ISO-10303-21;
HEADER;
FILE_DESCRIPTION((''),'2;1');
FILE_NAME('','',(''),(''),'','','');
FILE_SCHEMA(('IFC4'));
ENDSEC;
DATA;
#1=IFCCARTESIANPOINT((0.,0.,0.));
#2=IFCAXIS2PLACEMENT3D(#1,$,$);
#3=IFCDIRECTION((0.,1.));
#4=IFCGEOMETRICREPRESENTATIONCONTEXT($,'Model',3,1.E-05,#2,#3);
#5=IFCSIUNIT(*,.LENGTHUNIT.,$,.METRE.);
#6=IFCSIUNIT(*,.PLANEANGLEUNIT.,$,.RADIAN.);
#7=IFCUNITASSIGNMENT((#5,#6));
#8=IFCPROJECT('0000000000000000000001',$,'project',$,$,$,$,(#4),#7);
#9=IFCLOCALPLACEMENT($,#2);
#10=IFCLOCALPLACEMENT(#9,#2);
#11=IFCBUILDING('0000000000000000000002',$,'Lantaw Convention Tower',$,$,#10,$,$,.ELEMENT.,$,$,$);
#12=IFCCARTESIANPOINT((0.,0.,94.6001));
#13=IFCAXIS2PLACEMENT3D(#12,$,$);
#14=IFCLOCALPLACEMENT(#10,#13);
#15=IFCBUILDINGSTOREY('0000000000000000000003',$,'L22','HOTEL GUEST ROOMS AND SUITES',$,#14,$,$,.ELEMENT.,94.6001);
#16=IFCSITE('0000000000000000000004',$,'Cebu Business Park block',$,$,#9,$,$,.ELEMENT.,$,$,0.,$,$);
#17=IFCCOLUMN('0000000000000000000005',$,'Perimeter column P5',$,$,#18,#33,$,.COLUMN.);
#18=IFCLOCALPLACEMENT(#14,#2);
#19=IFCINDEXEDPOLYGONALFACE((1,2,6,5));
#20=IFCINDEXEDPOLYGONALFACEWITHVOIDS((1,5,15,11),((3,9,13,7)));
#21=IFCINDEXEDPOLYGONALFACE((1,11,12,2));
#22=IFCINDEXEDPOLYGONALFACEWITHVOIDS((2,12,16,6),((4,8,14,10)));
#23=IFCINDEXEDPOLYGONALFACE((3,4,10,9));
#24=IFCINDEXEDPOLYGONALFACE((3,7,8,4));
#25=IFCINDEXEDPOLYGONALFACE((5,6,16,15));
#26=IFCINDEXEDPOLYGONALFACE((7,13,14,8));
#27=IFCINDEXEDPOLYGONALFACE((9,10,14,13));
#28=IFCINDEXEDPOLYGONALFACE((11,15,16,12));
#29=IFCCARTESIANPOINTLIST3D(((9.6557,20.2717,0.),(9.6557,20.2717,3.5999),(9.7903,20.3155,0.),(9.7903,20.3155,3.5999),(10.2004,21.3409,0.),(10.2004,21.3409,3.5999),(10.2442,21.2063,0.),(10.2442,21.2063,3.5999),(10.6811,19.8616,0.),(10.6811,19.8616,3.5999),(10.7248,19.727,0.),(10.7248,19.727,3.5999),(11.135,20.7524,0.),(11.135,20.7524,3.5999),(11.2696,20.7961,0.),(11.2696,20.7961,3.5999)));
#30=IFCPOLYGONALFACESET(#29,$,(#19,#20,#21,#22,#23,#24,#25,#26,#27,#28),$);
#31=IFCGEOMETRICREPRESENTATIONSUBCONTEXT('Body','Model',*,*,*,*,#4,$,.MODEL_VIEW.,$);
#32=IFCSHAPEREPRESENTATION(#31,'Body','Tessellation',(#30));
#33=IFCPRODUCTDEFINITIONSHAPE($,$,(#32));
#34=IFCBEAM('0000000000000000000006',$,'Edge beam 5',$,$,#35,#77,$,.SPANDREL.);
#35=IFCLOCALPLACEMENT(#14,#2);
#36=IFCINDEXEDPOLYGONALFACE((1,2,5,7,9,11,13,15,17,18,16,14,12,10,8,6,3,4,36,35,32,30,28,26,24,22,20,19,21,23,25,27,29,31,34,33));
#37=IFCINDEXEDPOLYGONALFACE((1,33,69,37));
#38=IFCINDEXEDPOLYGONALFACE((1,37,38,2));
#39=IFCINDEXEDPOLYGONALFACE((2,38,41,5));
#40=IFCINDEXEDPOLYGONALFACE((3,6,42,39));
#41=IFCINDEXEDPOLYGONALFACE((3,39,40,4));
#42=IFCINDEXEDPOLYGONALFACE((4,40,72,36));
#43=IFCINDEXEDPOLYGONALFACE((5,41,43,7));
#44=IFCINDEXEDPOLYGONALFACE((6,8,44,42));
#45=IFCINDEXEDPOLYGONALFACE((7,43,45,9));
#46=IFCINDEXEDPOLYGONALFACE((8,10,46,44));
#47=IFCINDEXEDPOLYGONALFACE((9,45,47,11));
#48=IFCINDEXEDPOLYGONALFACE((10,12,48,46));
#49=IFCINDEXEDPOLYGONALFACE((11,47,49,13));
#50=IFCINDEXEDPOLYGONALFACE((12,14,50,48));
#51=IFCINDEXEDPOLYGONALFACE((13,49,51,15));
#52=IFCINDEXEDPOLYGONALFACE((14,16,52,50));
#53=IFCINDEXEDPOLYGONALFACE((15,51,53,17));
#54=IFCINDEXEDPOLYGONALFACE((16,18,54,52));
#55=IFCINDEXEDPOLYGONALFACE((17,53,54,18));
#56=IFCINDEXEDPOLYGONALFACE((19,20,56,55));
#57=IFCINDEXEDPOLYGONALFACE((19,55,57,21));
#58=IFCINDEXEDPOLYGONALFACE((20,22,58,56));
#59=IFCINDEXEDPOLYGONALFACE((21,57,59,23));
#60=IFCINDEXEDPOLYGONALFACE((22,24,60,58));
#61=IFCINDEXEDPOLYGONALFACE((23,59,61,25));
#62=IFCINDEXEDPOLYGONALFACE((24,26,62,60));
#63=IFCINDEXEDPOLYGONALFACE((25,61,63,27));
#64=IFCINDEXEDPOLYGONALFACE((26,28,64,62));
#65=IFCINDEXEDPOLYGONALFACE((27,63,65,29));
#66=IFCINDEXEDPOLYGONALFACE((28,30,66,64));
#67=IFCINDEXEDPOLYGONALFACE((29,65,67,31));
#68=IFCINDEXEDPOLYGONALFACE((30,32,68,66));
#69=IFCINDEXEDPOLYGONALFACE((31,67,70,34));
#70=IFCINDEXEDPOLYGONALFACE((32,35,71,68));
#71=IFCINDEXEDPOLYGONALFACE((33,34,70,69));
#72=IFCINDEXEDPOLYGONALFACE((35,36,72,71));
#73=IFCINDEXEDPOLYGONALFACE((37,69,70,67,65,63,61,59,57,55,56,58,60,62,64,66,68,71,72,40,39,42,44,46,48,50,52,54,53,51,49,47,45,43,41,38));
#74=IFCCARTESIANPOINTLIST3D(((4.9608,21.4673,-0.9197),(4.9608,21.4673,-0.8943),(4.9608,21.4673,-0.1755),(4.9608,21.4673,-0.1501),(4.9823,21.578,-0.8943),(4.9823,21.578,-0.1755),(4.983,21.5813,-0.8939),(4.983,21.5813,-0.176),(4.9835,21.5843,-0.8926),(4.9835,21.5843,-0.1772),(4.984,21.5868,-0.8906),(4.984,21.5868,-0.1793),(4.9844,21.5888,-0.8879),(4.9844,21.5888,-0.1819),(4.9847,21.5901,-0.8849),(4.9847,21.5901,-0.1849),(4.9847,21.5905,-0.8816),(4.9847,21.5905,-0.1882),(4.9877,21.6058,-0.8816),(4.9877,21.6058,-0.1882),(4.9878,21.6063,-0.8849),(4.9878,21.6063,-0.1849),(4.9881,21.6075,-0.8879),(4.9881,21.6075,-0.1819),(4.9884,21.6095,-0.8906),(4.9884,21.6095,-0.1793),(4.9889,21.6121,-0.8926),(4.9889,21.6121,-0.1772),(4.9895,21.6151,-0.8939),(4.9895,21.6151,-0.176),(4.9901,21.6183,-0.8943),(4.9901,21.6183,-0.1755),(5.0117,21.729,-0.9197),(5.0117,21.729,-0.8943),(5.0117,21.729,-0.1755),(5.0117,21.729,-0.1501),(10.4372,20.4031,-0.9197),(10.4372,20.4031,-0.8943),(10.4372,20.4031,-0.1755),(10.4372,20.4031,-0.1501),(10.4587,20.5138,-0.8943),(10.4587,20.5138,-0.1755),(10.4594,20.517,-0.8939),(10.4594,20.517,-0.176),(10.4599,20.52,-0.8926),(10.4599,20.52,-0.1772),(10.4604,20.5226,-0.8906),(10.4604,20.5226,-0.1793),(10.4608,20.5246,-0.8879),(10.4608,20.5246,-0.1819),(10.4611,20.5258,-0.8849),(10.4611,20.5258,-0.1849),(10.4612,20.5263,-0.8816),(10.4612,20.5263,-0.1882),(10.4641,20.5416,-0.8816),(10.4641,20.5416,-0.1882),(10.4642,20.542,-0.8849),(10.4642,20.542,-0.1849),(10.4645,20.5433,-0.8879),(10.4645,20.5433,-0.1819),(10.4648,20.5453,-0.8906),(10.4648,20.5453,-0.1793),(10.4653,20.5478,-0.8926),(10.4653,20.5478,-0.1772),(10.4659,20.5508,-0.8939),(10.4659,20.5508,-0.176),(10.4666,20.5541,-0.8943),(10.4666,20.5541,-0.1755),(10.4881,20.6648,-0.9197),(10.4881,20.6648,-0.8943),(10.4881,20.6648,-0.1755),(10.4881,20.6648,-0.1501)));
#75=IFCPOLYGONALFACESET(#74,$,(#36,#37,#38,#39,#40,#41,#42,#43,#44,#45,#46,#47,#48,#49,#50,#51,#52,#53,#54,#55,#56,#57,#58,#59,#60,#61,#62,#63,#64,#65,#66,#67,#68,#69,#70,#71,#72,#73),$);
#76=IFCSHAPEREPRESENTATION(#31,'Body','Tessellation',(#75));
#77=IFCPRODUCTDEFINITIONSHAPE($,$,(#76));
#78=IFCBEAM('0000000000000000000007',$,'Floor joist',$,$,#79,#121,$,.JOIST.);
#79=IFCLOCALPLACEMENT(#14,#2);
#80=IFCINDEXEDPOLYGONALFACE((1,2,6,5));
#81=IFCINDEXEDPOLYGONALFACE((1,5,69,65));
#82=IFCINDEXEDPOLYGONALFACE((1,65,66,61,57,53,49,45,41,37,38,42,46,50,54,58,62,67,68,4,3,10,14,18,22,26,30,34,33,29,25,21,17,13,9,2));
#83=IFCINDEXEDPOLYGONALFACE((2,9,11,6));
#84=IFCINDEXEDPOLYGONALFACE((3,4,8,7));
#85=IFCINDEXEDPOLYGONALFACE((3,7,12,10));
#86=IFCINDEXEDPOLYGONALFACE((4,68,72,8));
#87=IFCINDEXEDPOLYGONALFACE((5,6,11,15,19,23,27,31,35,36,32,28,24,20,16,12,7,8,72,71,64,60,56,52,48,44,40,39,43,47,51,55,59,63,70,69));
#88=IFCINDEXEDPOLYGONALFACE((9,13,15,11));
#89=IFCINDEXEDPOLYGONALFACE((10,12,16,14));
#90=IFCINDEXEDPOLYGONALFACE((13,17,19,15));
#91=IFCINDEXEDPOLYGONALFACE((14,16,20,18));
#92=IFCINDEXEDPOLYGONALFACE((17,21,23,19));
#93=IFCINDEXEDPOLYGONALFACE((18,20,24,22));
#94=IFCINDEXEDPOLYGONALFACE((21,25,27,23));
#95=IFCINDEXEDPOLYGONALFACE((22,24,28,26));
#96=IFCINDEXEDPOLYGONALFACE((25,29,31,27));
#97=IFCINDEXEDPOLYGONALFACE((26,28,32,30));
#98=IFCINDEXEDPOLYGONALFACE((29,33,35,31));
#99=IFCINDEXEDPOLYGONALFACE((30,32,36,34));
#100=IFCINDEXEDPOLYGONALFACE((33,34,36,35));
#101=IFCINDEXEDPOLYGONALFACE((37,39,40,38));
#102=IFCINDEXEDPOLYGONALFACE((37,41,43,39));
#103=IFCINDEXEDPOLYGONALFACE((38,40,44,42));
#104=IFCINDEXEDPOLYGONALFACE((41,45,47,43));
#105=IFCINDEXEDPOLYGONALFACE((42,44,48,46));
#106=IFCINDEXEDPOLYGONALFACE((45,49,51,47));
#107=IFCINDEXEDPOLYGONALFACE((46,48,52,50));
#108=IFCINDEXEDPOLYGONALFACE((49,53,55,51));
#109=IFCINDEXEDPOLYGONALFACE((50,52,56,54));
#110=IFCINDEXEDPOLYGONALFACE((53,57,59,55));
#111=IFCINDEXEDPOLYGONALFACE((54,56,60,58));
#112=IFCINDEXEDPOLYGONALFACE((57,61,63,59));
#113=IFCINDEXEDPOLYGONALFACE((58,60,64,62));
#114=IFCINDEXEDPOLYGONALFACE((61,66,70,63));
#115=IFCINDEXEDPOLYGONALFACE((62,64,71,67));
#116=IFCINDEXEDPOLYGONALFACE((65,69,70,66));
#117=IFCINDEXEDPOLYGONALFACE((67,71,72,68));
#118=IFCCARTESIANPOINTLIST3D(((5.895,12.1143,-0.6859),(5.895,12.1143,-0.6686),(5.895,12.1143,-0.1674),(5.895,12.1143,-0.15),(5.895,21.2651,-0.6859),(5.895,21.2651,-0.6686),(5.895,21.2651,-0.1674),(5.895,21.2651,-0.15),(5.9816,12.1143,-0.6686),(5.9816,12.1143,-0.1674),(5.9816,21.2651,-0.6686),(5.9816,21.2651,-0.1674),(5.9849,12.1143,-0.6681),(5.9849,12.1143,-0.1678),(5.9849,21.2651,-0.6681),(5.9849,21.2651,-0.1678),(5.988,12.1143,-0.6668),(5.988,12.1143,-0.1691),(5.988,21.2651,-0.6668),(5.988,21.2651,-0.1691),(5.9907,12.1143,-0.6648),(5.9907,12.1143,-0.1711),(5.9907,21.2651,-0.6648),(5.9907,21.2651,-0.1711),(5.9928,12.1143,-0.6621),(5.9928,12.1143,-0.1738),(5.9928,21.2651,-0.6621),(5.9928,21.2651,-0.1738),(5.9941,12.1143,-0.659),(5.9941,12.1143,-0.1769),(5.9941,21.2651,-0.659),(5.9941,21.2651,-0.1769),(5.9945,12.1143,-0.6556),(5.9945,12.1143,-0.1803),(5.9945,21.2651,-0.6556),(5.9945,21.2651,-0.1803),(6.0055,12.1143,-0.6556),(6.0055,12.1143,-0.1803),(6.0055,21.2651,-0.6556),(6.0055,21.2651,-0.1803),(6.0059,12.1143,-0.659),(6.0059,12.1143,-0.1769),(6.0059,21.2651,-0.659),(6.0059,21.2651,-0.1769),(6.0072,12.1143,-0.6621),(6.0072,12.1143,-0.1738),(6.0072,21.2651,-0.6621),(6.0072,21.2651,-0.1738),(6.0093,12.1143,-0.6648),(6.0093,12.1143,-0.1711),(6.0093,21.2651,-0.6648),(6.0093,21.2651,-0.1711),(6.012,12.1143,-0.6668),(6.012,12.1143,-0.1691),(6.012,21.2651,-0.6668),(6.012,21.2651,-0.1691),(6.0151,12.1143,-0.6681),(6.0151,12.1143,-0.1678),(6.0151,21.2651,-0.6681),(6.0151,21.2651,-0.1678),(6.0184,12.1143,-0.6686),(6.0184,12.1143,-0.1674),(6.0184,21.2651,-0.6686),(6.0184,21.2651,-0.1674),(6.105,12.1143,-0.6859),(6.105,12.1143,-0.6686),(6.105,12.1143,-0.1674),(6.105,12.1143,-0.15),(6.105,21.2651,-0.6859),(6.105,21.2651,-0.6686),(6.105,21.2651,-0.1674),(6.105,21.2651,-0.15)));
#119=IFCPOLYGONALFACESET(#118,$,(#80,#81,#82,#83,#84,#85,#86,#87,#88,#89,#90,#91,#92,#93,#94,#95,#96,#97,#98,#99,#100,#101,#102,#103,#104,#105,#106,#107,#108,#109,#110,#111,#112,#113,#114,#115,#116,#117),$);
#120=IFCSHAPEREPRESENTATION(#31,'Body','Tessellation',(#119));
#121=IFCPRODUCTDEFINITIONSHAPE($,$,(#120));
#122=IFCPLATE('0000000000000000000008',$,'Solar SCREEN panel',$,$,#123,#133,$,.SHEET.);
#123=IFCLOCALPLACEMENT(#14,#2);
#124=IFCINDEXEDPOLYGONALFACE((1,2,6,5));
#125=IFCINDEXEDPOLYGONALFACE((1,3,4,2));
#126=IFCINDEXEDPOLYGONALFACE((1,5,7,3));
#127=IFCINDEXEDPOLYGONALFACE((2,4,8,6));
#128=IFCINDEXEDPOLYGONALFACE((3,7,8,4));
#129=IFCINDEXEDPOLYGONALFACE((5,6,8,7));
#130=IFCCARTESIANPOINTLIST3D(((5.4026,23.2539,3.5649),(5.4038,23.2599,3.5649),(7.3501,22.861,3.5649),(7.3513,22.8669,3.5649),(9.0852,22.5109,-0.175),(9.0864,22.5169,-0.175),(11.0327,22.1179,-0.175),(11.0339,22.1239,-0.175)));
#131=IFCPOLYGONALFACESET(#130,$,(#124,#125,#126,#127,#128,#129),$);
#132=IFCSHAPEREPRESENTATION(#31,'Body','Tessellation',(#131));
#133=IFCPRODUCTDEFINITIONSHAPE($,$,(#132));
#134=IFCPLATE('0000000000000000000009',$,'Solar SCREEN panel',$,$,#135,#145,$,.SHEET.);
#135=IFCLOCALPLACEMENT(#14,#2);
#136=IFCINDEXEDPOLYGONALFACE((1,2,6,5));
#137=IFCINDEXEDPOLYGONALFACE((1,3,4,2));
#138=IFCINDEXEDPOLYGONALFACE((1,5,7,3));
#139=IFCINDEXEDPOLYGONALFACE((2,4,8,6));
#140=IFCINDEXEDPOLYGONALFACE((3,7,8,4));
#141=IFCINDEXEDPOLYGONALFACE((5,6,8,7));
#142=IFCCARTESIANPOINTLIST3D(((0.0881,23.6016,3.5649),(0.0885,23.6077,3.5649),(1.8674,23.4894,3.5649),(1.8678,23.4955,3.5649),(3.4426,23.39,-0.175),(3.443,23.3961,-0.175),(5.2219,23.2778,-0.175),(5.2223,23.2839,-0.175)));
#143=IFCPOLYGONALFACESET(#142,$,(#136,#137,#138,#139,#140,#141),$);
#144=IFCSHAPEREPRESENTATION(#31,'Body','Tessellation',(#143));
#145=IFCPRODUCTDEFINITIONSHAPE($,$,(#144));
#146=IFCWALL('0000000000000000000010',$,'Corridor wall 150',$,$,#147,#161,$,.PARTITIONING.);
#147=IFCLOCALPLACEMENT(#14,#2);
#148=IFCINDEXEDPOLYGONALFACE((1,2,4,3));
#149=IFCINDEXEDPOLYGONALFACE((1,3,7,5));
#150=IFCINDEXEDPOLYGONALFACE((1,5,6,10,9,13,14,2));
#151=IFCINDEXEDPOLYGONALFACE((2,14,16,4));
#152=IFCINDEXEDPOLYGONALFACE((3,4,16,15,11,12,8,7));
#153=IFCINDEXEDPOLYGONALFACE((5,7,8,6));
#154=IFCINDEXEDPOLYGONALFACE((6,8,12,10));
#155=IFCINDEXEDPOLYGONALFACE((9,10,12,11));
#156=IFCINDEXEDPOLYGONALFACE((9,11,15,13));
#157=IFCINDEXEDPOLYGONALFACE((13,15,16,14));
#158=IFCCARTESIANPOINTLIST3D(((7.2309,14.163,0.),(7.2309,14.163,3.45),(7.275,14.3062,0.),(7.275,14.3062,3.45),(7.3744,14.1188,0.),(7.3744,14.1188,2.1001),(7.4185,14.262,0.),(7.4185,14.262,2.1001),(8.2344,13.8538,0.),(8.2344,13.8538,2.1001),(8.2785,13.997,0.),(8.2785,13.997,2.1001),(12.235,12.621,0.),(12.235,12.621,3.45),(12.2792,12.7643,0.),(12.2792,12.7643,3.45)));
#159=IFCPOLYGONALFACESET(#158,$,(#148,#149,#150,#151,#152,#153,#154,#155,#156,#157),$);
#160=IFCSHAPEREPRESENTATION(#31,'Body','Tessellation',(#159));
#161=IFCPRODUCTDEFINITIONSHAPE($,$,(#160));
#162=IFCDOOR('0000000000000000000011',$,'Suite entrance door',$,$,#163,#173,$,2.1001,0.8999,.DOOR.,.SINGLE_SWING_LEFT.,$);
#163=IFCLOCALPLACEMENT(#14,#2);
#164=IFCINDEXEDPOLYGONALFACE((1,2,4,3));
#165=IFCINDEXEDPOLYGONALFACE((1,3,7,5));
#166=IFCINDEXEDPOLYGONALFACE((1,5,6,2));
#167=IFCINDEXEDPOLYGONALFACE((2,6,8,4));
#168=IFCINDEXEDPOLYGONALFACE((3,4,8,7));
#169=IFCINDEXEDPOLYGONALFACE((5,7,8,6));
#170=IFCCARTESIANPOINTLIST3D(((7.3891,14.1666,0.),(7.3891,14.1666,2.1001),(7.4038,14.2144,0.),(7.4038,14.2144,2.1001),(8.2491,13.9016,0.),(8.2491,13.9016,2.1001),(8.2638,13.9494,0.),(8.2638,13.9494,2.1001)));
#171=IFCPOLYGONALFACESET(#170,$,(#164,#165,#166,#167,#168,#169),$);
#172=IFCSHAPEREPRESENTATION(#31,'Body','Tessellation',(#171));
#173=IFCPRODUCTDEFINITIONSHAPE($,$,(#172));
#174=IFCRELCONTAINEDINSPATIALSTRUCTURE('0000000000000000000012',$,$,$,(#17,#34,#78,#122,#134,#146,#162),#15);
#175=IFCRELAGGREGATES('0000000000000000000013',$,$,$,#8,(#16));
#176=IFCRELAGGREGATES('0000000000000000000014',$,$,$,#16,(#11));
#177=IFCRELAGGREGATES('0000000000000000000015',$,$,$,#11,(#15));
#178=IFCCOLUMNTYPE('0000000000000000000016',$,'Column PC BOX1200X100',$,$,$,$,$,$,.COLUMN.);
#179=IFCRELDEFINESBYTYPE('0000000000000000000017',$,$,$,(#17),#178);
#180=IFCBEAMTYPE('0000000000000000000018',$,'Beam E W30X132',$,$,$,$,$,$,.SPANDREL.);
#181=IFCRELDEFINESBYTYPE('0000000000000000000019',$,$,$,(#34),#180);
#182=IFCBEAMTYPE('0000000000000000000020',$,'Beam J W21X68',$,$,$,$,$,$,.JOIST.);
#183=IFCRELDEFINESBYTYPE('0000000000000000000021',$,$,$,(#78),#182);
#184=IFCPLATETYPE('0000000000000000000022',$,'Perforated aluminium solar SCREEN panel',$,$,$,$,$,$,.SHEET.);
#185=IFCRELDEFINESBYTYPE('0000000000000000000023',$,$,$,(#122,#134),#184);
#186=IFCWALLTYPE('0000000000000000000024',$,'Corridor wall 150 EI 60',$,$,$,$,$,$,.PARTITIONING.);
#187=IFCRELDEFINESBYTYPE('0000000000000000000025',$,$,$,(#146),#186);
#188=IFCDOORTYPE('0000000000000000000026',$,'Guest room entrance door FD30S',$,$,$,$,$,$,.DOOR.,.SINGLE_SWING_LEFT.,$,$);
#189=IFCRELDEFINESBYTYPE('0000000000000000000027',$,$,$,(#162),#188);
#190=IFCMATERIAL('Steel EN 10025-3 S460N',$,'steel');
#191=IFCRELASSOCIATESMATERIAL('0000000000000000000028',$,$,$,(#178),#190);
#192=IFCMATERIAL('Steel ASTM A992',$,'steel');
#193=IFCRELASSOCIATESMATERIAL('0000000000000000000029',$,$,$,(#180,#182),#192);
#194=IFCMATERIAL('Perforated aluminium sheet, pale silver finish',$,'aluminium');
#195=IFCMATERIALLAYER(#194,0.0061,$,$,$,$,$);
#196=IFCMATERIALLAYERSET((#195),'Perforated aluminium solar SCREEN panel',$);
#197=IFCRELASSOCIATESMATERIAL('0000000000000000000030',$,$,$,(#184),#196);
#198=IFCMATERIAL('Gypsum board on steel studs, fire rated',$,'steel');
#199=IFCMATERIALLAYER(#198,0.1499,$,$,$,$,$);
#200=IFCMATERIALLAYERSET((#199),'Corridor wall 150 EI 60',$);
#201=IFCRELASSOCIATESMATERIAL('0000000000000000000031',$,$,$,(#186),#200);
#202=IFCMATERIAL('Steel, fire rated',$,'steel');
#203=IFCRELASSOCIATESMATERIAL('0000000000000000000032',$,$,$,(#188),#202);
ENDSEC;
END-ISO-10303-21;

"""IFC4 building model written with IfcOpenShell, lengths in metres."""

from ifc_helpers import new_model, si_unit, direction, frame, frame_2d, origin, origin_2d, place, context, subcontext, project, spatial, polyline, rectangle, hollow_rectangle, i_section, outline, extrude, material, layer, layer_set, material_profile, profile_set, type_object, element, fill, save


model = new_model("IFC4")

# Units and contexts
model_context = context("Model", 3, precision=1e-05, world=origin(), true_north=direction((0.0, 1.0)))
body_context = subcontext(model_context, "Body", "Model", "MODEL_VIEW")
ifc_project = project(units=[si_unit("LENGTHUNIT", "METRE"), si_unit("PLANEANGLEUNIT", "RADIAN")], contexts=[model_context])

# Site, building, storey
site_placement = place(None, origin())
site = spatial("IfcSite", under=ifc_project, at=site_placement, Name="Cebu Business Park block", CompositionType="ELEMENT", RefElevation=0.0)
building_placement = place(site_placement, origin())
building = spatial("IfcBuilding", under=site, at=building_placement, Name="Lantaw Convention Tower", CompositionType="ELEMENT")
storey_placement = place(building_placement, frame((0.0, 0.0, 94.6001)))
storey = spatial("IfcBuildingStorey", under=building, at=storey_placement, Name="L22", Description="HOTEL GUEST ROOMS AND SUITES", CompositionType="ELEMENT", Elevation=94.6001)

# Column
ifc_material_1 = material(Name="Steel EN 10025-3 S460N", Category="steel")
ifc_material_profile_1 = material_profile(ifc_material_1, hollow_rectangle(XDim=1.2, YDim=1.2, WallThickness=0.1001, at=origin_2d()), Name="BOX1200X100")
ifc_material_2 = material(Name="Concrete C60/75", Category="concrete")
ifc_material_profile_2 = material_profile(ifc_material_2, rectangle(XDim=1.0, YDim=1.0, at=origin_2d()), Name="Concrete fill of BOX1200X100")
ifc_profile_set_1 = profile_set([ifc_material_profile_1, ifc_material_profile_2], Name="Steel EN 10025-3 S460N")
column_type = type_object("IfcColumnType", Name="Column PC BOX1200X100", PredefinedType="COLUMN", material=ifc_profile_set_1)
column_placement = place(storey_placement, frame((10.4626, 20.5339, 0.0), z_axis=(0.0, 0.0, 1.0), x_axis=(0.45399, 0.891007, 0.0)))
element("IfcColumn", 1, at=column_placement, inside=storey, type_object=column_type, Name="Perimeter column P5", PredefinedType="COLUMN", context=body_context, shape_type="SweptSolid", body=[
    extrude(hollow_rectangle(XDim=1.2, YDim=1.2, WallThickness=0.1001, at=origin_2d()), origin(), (0.0, 0.0, 1.0), 3.5999),
])

# Beams
ifc_material_3 = material(Name="Steel ASTM A992", Category="steel")
ifc_material_profile_3 = material_profile(ifc_material_3, i_section(OverallWidth=0.2666, OverallDepth=0.7695, WebThickness=0.0156, FlangeThickness=0.0254, FilletRadius=0.0127, at=origin_2d()), Name="W30X132")
ifc_profile_set_2 = profile_set([ifc_material_profile_3], Name="Steel ASTM A992")
beam_type_1 = type_object("IfcBeamType", Name="Beam E W30X132", PredefinedType="SPANDREL", material=ifc_profile_set_2)
beam_1_placement = place(storey_placement, frame((10.4626, 20.5339, -0.5349), z_axis=(-0.981637, 0.190761, 0.0), x_axis=(-0.190761, -0.981637, 0.0)))
element("IfcBeam", 2, at=beam_1_placement, inside=storey, type_object=beam_type_1, Name="Edge beam 5", PredefinedType="SPANDREL", context=body_context, shape_type="SweptSolid", body=[
    extrude(i_section(OverallWidth=0.2666, OverallDepth=0.7695, WebThickness=0.0156, FlangeThickness=0.0254, FilletRadius=0.0127, at=origin_2d()), origin(), (0.0, 0.0, 1.0), 5.5789),
])
ifc_material_profile_4 = material_profile(ifc_material_3, i_section(OverallWidth=0.21, OverallDepth=0.5359, WebThickness=0.011, FlangeThickness=0.0173, FilletRadius=0.0129, at=origin_2d()), Name="W21X68")
ifc_profile_set_3 = profile_set([ifc_material_profile_4], Name="Steel ASTM A992")
beam_type_2 = type_object("IfcBeamType", Name="Beam J W21X68", PredefinedType="JOIST", material=ifc_profile_set_3)
beam_2_placement = place(storey_placement, frame((6.0, 12.1143, -0.418), z_axis=(0.0, 1.0, 0.0), x_axis=(-1.0, 0.0, 0.0)))
element("IfcBeam", 3, at=beam_2_placement, inside=storey, type_object=beam_type_2, Name="Floor joist", PredefinedType="JOIST", context=body_context, shape_type="SweptSolid", body=[
    extrude(i_section(OverallWidth=0.21, OverallDepth=0.5359, WebThickness=0.011, FlangeThickness=0.0173, FilletRadius=0.0129, at=origin_2d()), origin(), (0.0, 0.0, 1.0), 9.1509),
])

# Plates
ifc_material_4 = material(Name="Perforated aluminium sheet, pale silver finish", Category="aluminium")
ifc_layer_1 = layer(ifc_material_4, 0.0061)
ifc_layer_set_1 = layer_set([ifc_layer_1], Name="Perforated aluminium solar SCREEN panel")
plate_type = type_object("IfcPlateType", Name="Perforated aluminium solar SCREEN panel", PredefinedType="SHEET", material=ifc_layer_set_1)
plate_1_placement = place(storey_placement, frame((11.0327, 22.1179, -0.175), z_axis=(-0.197782, -0.980246, 0.000002), x_axis=(-0.980246, 0.197782, 0.0)))
element("IfcPlate", 4, at=plate_1_placement, inside=storey, type_object=plate_type, Name="Solar SCREEN panel", PredefinedType="SHEET", context=body_context, shape_type="SweptSolid", body=[
    extrude(outline(polyline([(0.0, 0.0), (1.9868, 0.0), (5.7436, -3.74), (3.7569, -3.74), (0.0, 0.0)])), origin(), (0.0, 0.0, -1.0), 0.0061),
])
plate_2_placement = place(storey_placement, frame((5.2219, 23.2778, -0.175), z_axis=(-0.062924, -0.998018, 0.000014), x_axis=(-0.998018, 0.062924, 0.0)))
element("IfcPlate", 5, at=plate_2_placement, inside=storey, type_object=plate_type, Name="Solar SCREEN panel", PredefinedType="SHEET", context=body_context, shape_type="SweptSolid", body=[
    extrude(outline(polyline([(0.0, 0.0), (1.7828, 0.0), (5.144, -3.74), (3.3612, -3.74), (0.0, 0.0)])), origin(), (0.0, 0.0, -1.0), 0.0061),
])

# Wall, opening, door
ifc_material_5 = material(Name="Gypsum board on steel studs, fire rated", Category="steel")
ifc_layer_2 = layer(ifc_material_5, 0.1499)
ifc_layer_set_2 = layer_set([ifc_layer_2], Name="Corridor wall 150 EI 60")
wall_type_1 = type_object("IfcWallType", Name="Corridor wall 150 EI 60", PredefinedType="PARTITIONING", material=ifc_layer_set_2)
wall_1_placement = place(storey_placement, frame((12.2571, 12.6926, 0.0), z_axis=(0.0, 0.0, 1.0), x_axis=(-0.955658, 0.294479, 0.0)))
wall_1 = element("IfcWall", 6, at=wall_1_placement, inside=storey, type_object=wall_type_1, Name="Corridor wall 150", PredefinedType="PARTITIONING", context=body_context, shape_type="SweptSolid", body=[
    extrude(rectangle(XDim=5.2363, YDim=0.1499, at=frame_2d((2.6182, 0.0))), origin(), (0.0, 0.0, 1.0), 3.45),
])
opening_1_placement = place(wall_1_placement, frame((4.1863, 0.0, 0.0)))
opening_1 = element("IfcOpeningElement", 7, at=opening_1_placement, cuts=wall_1, PredefinedType="OPENING", context=body_context, shape_type="SweptSolid", body=[
    extrude(rectangle(XDim=0.8999, YDim=2.1001, at=frame_2d((0.45, 1.05))), frame((0.0, 0.085, 0.0), z_axis=(0.0, -1.0, 0.0), x_axis=(1.0, 0.0, 0.0)), (0.0, 0.0, 1.0), 0.1699),
])
ifc_material_6 = material(Name="Steel, fire rated", Category="steel")
door_type_1 = type_object("IfcDoorType", Name="Guest room entrance door FD30S", OperationType="SINGLE_SWING_LEFT", PredefinedType="DOOR", material=ifc_material_6)
door_1_placement = place(opening_1_placement, origin())
door_1 = element("IfcDoor", 8, at=door_1_placement, inside=storey, type_object=door_type_1, Name="Suite entrance door", OperationType="SINGLE_SWING_LEFT", OverallHeight=2.1001, OverallWidth=0.8999, PredefinedType="DOOR", context=body_context, shape_type="SweptSolid", body=[
    extrude(rectangle(XDim=0.8999, YDim=2.1001, at=frame_2d((0.45, 1.05))), frame((0.0, 0.0249, 0.0), z_axis=(0.0, -1.0, 0.0), x_axis=(1.0, 0.0, 0.0)), (0.0, 0.0, 1.0), 0.05),
])
fill(opening_1, door_1)

save(model, "model.ifc")
